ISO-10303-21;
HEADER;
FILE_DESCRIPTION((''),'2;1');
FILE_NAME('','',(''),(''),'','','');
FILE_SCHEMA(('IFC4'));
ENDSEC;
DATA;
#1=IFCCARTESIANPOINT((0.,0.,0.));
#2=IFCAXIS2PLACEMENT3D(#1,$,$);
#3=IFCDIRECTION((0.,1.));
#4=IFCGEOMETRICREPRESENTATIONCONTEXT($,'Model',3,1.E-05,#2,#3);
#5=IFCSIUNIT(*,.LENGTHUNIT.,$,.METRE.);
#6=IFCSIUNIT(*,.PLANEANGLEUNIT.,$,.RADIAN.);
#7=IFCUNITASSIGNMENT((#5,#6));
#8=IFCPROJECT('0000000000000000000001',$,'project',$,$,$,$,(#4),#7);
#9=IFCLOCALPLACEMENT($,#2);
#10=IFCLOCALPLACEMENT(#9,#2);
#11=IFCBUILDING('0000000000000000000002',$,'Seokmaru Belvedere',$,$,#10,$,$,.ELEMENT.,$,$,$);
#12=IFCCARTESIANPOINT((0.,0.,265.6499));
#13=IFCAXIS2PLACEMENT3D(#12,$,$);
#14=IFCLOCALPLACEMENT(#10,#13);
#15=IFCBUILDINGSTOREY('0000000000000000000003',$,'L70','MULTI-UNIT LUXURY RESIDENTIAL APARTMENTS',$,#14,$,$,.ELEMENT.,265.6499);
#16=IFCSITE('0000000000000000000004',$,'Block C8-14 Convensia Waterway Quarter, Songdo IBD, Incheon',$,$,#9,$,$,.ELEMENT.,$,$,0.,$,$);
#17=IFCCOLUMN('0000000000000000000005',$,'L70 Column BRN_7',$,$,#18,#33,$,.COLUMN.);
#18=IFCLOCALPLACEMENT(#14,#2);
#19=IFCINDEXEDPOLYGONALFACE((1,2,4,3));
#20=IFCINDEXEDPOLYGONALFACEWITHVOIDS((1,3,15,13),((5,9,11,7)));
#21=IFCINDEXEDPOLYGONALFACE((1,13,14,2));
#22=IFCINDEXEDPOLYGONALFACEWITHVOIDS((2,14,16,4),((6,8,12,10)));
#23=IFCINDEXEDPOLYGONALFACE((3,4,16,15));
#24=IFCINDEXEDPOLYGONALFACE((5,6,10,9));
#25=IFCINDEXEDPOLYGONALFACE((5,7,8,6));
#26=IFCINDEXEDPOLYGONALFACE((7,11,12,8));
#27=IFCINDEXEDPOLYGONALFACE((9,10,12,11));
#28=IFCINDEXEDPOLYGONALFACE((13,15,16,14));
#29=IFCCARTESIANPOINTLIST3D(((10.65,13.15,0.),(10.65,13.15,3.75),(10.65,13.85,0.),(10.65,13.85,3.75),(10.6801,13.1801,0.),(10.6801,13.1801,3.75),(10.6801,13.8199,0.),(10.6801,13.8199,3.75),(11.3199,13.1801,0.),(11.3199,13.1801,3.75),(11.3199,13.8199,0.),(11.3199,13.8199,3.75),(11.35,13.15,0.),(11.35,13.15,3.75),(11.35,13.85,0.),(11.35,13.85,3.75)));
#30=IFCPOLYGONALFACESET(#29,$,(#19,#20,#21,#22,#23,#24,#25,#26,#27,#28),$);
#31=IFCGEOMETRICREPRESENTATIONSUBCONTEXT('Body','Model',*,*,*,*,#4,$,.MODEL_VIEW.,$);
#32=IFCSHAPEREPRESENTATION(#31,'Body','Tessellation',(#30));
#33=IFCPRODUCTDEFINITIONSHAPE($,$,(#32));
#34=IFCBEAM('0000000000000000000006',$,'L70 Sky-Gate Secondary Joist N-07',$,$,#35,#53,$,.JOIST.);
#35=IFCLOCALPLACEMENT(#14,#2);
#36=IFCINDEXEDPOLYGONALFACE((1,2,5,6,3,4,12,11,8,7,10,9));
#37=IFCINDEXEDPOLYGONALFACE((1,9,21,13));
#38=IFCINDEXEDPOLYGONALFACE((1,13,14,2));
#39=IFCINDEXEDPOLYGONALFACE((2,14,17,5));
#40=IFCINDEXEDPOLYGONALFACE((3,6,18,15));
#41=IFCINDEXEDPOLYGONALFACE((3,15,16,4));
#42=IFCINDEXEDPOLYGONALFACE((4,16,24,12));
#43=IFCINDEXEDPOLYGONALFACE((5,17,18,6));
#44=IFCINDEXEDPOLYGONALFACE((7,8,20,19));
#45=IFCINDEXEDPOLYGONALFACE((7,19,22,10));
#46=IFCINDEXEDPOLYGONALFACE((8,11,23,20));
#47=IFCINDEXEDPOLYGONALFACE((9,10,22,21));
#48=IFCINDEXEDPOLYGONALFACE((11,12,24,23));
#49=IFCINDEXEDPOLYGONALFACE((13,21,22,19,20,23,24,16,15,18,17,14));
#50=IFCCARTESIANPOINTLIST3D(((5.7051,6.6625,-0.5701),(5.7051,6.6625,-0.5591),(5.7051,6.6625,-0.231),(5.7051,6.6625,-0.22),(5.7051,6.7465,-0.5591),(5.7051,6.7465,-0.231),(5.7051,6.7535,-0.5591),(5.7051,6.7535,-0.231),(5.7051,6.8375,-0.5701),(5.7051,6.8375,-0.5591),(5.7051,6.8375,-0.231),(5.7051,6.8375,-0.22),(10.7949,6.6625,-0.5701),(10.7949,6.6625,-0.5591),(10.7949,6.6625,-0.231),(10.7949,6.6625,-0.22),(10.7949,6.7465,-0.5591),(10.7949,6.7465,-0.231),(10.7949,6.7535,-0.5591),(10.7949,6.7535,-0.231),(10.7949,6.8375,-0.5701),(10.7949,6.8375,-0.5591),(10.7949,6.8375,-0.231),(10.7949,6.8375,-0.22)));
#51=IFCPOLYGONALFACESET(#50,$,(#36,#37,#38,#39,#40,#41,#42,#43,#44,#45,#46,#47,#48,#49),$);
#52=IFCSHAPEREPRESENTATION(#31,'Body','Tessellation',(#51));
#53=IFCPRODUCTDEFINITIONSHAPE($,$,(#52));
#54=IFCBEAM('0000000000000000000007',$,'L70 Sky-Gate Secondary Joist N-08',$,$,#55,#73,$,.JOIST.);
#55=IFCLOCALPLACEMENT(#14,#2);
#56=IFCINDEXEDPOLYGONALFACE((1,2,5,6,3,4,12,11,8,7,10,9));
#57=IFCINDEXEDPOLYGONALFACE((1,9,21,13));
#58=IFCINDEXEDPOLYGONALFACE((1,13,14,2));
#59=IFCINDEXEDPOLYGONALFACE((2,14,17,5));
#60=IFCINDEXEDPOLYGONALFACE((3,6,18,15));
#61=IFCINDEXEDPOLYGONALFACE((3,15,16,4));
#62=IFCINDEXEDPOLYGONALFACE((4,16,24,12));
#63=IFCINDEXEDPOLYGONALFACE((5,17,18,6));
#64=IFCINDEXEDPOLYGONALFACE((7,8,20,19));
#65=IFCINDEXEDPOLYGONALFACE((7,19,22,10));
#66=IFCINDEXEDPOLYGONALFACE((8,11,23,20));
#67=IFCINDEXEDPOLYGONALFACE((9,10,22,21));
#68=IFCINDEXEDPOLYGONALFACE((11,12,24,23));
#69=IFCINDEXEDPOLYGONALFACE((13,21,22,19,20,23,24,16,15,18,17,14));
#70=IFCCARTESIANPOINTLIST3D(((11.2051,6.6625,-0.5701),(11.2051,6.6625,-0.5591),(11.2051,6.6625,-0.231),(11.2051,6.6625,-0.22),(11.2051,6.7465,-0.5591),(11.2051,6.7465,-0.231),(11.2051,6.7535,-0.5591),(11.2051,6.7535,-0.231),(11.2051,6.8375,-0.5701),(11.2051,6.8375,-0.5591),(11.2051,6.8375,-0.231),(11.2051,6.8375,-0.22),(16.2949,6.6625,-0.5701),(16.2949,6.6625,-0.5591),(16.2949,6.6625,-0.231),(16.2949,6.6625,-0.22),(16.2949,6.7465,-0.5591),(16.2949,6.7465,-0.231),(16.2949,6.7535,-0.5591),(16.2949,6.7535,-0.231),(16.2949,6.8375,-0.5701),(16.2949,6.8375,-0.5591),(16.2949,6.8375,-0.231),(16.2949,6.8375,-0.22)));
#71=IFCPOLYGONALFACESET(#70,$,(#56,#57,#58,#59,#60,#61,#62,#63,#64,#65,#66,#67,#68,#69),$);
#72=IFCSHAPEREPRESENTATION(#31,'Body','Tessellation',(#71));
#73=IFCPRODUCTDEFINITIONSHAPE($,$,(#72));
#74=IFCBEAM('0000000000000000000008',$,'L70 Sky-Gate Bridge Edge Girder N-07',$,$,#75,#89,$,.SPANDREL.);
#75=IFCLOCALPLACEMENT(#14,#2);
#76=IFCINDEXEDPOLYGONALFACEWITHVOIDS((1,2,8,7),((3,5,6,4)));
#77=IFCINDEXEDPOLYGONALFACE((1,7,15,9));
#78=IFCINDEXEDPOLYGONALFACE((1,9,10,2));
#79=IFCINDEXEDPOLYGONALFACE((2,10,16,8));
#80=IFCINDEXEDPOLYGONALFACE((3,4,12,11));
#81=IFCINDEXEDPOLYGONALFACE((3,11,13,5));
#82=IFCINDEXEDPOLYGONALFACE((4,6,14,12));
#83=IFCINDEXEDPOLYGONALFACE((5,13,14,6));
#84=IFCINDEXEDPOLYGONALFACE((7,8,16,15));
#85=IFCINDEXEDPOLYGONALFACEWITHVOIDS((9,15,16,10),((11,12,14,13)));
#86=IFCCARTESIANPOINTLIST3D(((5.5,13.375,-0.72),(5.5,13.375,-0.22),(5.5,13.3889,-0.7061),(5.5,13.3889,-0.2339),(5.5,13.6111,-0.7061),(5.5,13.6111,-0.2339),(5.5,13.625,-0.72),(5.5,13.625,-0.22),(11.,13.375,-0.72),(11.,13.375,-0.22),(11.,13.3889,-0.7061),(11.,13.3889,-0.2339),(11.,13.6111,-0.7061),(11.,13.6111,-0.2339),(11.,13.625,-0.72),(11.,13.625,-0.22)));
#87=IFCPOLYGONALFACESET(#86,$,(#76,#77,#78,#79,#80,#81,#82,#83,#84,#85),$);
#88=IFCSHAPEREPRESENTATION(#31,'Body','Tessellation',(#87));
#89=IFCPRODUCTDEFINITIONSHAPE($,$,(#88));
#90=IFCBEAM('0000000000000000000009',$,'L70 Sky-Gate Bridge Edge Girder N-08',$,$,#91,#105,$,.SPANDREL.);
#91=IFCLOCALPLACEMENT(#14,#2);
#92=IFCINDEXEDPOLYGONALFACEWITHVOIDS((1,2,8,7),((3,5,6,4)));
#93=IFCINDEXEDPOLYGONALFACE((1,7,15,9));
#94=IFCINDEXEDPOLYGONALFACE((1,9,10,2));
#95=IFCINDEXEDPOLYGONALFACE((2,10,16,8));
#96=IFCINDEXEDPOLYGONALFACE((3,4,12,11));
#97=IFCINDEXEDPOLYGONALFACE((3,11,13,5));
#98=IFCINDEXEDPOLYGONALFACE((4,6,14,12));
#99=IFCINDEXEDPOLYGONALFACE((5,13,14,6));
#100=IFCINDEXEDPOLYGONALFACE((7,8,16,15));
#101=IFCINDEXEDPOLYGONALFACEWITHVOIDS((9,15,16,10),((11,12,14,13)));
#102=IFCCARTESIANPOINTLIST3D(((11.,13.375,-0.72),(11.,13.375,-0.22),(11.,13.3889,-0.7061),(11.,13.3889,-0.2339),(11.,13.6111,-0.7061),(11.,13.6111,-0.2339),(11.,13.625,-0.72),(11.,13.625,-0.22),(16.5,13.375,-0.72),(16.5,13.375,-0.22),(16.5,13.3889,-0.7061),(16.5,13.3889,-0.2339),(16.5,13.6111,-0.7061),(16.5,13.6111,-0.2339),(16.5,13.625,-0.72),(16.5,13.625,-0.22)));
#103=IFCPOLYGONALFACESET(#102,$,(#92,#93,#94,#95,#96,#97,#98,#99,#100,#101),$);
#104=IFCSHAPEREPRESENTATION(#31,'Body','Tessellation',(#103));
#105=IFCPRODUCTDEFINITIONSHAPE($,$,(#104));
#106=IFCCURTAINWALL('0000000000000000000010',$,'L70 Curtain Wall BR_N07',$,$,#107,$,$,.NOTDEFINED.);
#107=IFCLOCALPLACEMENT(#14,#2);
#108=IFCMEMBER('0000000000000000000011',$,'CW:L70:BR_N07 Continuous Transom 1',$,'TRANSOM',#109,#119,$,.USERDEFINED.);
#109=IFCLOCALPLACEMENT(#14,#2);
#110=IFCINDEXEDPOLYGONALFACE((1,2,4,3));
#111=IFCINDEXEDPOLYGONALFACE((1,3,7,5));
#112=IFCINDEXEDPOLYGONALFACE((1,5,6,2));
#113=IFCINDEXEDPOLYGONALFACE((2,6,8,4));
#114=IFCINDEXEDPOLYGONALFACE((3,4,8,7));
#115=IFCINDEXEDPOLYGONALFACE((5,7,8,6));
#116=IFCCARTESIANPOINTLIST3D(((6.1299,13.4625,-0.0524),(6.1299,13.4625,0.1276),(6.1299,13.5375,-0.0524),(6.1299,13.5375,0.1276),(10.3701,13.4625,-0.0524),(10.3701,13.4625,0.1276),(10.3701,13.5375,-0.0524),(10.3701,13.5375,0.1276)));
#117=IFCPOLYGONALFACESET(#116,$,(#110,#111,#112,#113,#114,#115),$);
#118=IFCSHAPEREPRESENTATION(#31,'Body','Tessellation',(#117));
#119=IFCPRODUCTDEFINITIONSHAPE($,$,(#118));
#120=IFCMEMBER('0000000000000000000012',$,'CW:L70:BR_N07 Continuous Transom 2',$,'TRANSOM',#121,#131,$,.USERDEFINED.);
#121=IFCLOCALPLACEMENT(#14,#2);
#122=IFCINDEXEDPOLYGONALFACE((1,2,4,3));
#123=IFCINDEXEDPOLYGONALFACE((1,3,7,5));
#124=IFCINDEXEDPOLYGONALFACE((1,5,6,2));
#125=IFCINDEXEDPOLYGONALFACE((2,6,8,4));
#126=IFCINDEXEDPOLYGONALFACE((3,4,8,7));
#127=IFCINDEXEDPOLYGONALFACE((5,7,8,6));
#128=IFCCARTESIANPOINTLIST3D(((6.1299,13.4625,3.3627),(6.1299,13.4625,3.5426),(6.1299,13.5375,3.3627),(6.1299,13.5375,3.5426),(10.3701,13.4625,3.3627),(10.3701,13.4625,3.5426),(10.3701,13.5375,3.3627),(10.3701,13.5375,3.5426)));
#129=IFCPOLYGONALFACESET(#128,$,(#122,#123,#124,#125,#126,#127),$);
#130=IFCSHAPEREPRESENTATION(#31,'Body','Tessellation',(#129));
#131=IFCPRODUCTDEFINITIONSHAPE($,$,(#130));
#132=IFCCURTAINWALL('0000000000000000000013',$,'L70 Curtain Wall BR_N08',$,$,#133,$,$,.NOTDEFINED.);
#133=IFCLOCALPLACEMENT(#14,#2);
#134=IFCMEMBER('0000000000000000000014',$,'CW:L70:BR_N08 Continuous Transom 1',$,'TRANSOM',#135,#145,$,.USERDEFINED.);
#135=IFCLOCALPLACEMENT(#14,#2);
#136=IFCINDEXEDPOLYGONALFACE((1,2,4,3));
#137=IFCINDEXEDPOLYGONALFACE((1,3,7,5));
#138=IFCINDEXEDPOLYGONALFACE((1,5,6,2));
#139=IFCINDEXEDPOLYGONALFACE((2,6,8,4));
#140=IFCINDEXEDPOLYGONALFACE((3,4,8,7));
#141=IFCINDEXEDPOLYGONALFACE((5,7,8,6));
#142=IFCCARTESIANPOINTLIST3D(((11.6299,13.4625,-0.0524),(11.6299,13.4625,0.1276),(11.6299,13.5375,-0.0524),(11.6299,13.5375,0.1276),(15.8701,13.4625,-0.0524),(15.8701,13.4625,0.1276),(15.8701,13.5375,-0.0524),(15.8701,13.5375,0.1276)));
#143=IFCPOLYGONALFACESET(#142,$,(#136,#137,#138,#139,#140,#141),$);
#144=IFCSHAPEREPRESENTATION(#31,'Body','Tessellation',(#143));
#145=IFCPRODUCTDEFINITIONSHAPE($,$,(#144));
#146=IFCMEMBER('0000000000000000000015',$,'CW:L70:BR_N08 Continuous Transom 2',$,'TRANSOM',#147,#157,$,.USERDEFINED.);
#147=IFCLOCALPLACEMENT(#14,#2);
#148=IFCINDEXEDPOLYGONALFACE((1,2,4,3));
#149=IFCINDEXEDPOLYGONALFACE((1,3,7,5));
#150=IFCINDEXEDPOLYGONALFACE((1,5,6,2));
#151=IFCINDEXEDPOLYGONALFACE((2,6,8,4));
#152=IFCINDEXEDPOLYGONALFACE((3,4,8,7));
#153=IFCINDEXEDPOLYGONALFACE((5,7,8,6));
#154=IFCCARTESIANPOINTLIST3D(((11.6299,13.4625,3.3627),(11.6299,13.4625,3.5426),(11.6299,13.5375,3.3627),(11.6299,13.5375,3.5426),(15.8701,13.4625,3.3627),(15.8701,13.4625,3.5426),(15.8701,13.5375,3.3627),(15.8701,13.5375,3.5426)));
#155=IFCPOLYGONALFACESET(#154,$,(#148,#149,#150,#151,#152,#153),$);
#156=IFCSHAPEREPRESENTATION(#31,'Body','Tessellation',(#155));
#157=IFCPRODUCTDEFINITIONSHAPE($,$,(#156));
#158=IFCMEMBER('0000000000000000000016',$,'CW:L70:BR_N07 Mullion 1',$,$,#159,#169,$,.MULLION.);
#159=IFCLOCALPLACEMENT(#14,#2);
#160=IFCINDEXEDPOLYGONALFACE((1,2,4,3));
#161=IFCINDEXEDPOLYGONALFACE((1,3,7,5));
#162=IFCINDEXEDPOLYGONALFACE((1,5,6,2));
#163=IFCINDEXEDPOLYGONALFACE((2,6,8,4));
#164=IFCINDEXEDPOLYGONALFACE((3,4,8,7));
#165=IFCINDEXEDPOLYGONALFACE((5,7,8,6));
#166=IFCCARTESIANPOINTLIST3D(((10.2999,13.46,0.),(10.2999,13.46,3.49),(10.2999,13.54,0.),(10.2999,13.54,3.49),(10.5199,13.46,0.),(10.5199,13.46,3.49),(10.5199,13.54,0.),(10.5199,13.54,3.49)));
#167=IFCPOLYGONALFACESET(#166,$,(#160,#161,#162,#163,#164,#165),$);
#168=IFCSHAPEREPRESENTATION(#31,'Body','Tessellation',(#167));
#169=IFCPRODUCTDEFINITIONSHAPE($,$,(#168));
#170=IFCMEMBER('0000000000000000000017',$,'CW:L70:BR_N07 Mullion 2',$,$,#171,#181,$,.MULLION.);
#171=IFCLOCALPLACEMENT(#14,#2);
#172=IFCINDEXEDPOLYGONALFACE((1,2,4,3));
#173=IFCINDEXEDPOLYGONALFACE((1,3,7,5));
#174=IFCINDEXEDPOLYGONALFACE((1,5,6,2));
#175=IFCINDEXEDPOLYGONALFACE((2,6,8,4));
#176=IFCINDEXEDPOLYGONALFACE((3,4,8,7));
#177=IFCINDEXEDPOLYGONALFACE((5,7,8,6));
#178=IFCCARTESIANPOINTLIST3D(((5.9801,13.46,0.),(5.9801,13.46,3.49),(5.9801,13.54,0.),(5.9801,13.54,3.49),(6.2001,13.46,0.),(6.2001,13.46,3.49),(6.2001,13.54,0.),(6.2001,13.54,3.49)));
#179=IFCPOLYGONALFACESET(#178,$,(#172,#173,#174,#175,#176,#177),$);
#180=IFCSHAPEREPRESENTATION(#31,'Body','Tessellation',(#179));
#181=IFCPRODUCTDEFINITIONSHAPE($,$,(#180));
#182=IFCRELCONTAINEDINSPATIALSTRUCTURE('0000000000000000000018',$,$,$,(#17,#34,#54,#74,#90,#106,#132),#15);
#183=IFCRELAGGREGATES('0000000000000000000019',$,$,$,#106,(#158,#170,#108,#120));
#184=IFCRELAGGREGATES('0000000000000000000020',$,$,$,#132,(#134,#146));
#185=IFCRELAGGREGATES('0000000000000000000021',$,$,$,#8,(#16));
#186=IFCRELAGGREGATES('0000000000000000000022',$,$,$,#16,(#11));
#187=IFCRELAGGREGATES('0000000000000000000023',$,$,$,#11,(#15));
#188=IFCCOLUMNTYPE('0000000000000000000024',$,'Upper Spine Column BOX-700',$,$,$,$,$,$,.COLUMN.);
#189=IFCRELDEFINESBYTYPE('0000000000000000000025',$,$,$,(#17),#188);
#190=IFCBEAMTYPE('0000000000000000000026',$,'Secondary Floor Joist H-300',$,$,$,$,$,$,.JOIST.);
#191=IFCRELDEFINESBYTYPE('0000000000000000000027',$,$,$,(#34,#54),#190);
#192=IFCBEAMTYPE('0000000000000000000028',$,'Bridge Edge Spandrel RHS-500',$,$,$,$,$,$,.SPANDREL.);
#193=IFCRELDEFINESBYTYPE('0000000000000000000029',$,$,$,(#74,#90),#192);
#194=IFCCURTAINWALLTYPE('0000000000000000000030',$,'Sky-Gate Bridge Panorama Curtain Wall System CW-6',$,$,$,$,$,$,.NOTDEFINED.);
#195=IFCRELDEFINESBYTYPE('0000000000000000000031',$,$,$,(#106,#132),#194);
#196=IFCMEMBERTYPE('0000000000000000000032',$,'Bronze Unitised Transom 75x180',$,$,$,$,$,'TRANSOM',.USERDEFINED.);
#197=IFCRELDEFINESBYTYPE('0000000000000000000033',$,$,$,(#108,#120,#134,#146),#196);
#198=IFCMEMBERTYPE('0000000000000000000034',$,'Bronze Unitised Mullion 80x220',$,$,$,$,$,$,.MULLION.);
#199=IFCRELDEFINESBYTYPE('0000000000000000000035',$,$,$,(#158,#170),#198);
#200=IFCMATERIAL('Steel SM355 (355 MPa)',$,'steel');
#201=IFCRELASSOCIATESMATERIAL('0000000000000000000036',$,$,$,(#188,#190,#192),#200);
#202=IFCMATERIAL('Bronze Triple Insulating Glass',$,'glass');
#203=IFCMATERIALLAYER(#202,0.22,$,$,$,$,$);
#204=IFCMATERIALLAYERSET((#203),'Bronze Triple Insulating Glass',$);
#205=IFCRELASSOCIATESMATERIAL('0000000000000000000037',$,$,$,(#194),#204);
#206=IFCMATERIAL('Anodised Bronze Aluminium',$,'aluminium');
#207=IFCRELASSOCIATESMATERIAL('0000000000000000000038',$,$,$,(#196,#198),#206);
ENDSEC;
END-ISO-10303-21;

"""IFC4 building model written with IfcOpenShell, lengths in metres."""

from ifc_helpers import new_model, si_unit, direction, frame, origin, origin_2d, place, context, subcontext, project, spatial, rectangle, hollow_rectangle, i_section, extrude, source, transform, mapped, material, layer, layer_set, material_profile, profile_set, type_object, type_shapes, element, aggregate, save


model = new_model("IFC4")

# Units and contexts
model_context = context("Model", 3, precision=1e-05, world=origin(), true_north=direction((0.0, 1.0)))
body_context = subcontext(model_context, "Body", "Model", "MODEL_VIEW")
ifc_project = project(units=[si_unit("LENGTHUNIT", "METRE"), si_unit("PLANEANGLEUNIT", "RADIAN")], contexts=[model_context])

# Site, building, storey
site_placement = place(None, origin())
site = spatial("IfcSite", under=ifc_project, at=site_placement, Name="Block C8-14 Convensia Waterway Quarter, Songdo IBD, Incheon", CompositionType="ELEMENT", RefElevation=0.0)
building_placement = place(site_placement, origin())
building = spatial("IfcBuilding", under=site, at=building_placement, Name="Seokmaru Belvedere", CompositionType="ELEMENT")
storey_placement = place(building_placement, frame((0.0, 0.0, 265.6499)))
storey = spatial("IfcBuildingStorey", under=building, at=storey_placement, Name="L70", Description="MULTI-UNIT LUXURY RESIDENTIAL APARTMENTS", CompositionType="ELEMENT", Elevation=265.6499)

# Column
ifc_material_1 = material(Name="Steel SM355 (355 MPa)", Category="steel")
ifc_material_profile_1 = material_profile(ifc_material_1, hollow_rectangle(XDim=0.7, YDim=0.7, WallThickness=0.03, at=origin_2d()), Name="BOX-700x700x30")
ifc_profile_set_1 = profile_set([ifc_material_profile_1], Name="Steel SM355 (355 MPa)")
column_type = type_object("IfcColumnType", Name="Upper Spine Column BOX-700", PredefinedType="COLUMN", material=ifc_profile_set_1)
shared_shape_1 = source(origin(), body_context, "Body", "SweptSolid", [
    extrude(hollow_rectangle(XDim=0.7, YDim=0.7, WallThickness=0.03, at=origin_2d()), origin(), (0.0, 0.0, 1.0), 3.75),
])
type_shapes(column_type, [shared_shape_1])
column_placement = place(storey_placement, frame((11.0, 13.5, 0.0), z_axis=(0.0, 0.0, 1.0), x_axis=(1.0, 0.0, 0.0)))
element("IfcColumn", 1, at=column_placement, inside=storey, type_object=column_type, Name="L70 Column BRN_7", PredefinedType="COLUMN", context=body_context, shape_type="MappedRepresentation", body=[
    mapped(shared_shape_1, transform((0.0, 0.0, 0.0), scale=1.0)),
])

# Beams
ifc_material_profile_2 = material_profile(ifc_material_1, i_section(OverallWidth=0.175, OverallDepth=0.3501, WebThickness=0.0071, FlangeThickness=0.011, at=origin_2d()), Name="H-350x175x7x11")
ifc_profile_set_2 = profile_set([ifc_material_profile_2], Name="Steel SM355 (355 MPa)")
beam_type_1 = type_object("IfcBeamType", Name="Secondary Floor Joist H-300", PredefinedType="JOIST", material=ifc_profile_set_2)
shared_shape_2 = source(origin(), body_context, "Body", "SweptSolid", [
    extrude(i_section(OverallWidth=0.175, OverallDepth=0.3501, WebThickness=0.0071, FlangeThickness=0.011, at=origin_2d()), origin(), (0.0, 0.0, 1.0), 5.0898),
])
type_shapes(beam_type_1, [shared_shape_2])
for number, where, z_axis, x_axis, name in (
    (2, (5.7051, 6.75, -0.395), (1.0, 0.0, 0.0), (0.0, 1.0, 0.0), "L70 Sky-Gate Secondary Joist N-07"),
    (3, (11.2051, 6.75, -0.395), (1.0, 0.0, 0.0), (0.0, 1.0, 0.0), "L70 Sky-Gate Secondary Joist N-08"),
):
    element("IfcBeam", number, at=place(storey_placement, frame(where, z_axis=z_axis, x_axis=x_axis)), inside=storey, type_object=beam_type_1, Name=name, PredefinedType="JOIST", context=body_context, shape_type="MappedRepresentation", body=[
        mapped(shared_shape_2, transform((0.0, 0.0, 0.0), scale=1.0)),
    ])
ifc_material_profile_3 = material_profile(ifc_material_1, hollow_rectangle(XDim=0.25, YDim=0.5, WallThickness=0.0139, at=origin_2d()), Name="RHS-500x250x14")
ifc_profile_set_3 = profile_set([ifc_material_profile_3], Name="Steel SM355 (355 MPa)")
beam_type_2 = type_object("IfcBeamType", Name="Bridge Edge Spandrel RHS-500", PredefinedType="SPANDREL", material=ifc_profile_set_3)
shared_shape_3 = source(origin(), body_context, "Body", "SweptSolid", [
    extrude(hollow_rectangle(XDim=0.25, YDim=0.5, WallThickness=0.0139, at=origin_2d()), origin(), (0.0, 0.0, 1.0), 5.5),
])
type_shapes(beam_type_2, [shared_shape_3])
for number, where, z_axis, x_axis, name in (
    (4, (5.5, 13.5, -0.47), (1.0, 0.0, 0.0), (0.0, 1.0, 0.0), "L70 Sky-Gate Bridge Edge Girder N-07"),
    (5, (11.0, 13.5, -0.47), (1.0, 0.0, 0.0), (0.0, 1.0, 0.0), "L70 Sky-Gate Bridge Edge Girder N-08"),
):
    element("IfcBeam", number, at=place(storey_placement, frame(where, z_axis=z_axis, x_axis=x_axis)), inside=storey, type_object=beam_type_2, Name=name, PredefinedType="SPANDREL", context=body_context, shape_type="MappedRepresentation", body=[
        mapped(shared_shape_3, transform((0.0, 0.0, 0.0), scale=1.0)),
    ])

# Curtain walls, members
ifc_material_2 = material(Name="Bronze Triple Insulating Glass", Category="glass")
ifc_layer_1 = layer(ifc_material_2, 0.22)
ifc_layer_set_1 = layer_set([ifc_layer_1], Name="Bronze Triple Insulating Glass")
curtain_wall_type = type_object("IfcCurtainWallType", Name="Sky-Gate Bridge Panorama Curtain Wall System CW-6", PredefinedType="NOTDEFINED", material=ifc_layer_set_1)
curtain_wall_1_placement = place(storey_placement, origin())
curtain_wall_1 = element("IfcCurtainWall", 6, at=curtain_wall_1_placement, inside=storey, type_object=curtain_wall_type, Name="L70 Curtain Wall BR_N07", PredefinedType="NOTDEFINED")
ifc_material_3 = material(Name="Anodised Bronze Aluminium", Category="aluminium")
ifc_material_profile_4 = material_profile(ifc_material_3, rectangle(XDim=0.075, YDim=0.1799, at=origin_2d()), Name="CW-T-75x180")
ifc_profile_set_4 = profile_set([ifc_material_profile_4], Name="Anodised Bronze Aluminium")
member_type_1 = type_object("IfcMemberType", Name="Bronze Unitised Transom 75x180", ElementType="TRANSOM", PredefinedType="USERDEFINED", material=ifc_profile_set_4)
shared_shape_4 = source(origin(), body_context, "Body", "SweptSolid", [
    extrude(rectangle(XDim=0.075, YDim=0.1799, at=origin_2d()), origin(), (0.0, 0.0, 1.0), 4.2402),
])
type_shapes(member_type_1, [shared_shape_4])
member_1_placement = place(storey_placement, frame((10.3701, 13.5, 0.0376), z_axis=(-1.0, 0.0, 0.0), x_axis=(0.0, -1.0, 0.0)))
member_1 = element("IfcMember", 7, at=member_1_placement, type_object=member_type_1, Name="CW:L70:BR_N07 Continuous Transom 1", ObjectType="TRANSOM", PredefinedType="USERDEFINED", context=body_context, shape_type="MappedRepresentation", body=[
    mapped(shared_shape_4, transform((0.0, 0.0, 0.0), scale=1.0)),
])
member_2_placement = place(storey_placement, frame((10.3701, 13.5, 3.4526), z_axis=(-1.0, 0.0, 0.0), x_axis=(0.0, -1.0, 0.0)))
member_2 = element("IfcMember", 8, at=member_2_placement, type_object=member_type_1, Name="CW:L70:BR_N07 Continuous Transom 2", ObjectType="TRANSOM", PredefinedType="USERDEFINED", context=body_context, shape_type="MappedRepresentation", body=[
    mapped(shared_shape_4, transform((0.0, 0.0, 0.0), scale=1.0)),
])
curtain_wall_2_placement = place(storey_placement, origin())
curtain_wall_2 = element("IfcCurtainWall", 9, at=curtain_wall_2_placement, inside=storey, type_object=curtain_wall_type, Name="L70 Curtain Wall BR_N08", PredefinedType="NOTDEFINED")
member_3_placement = place(storey_placement, frame((15.8701, 13.5, 0.0376), z_axis=(-1.0, 0.0, 0.0), x_axis=(0.0, -1.0, 0.0)))
member_3 = element("IfcMember", 10, at=member_3_placement, type_object=member_type_1, Name="CW:L70:BR_N08 Continuous Transom 1", ObjectType="TRANSOM", PredefinedType="USERDEFINED", context=body_context, shape_type="MappedRepresentation", body=[
    mapped(shared_shape_4, transform((0.0, 0.0, 0.0), scale=1.0)),
])
member_4_placement = place(storey_placement, frame((15.8701, 13.5, 3.4526), z_axis=(-1.0, 0.0, 0.0), x_axis=(0.0, -1.0, 0.0)))
member_4 = element("IfcMember", 11, at=member_4_placement, type_object=member_type_1, Name="CW:L70:BR_N08 Continuous Transom 2", ObjectType="TRANSOM", PredefinedType="USERDEFINED", context=body_context, shape_type="MappedRepresentation", body=[
    mapped(shared_shape_4, transform((0.0, 0.0, 0.0), scale=1.0)),
])

# Members
ifc_material_profile_5 = material_profile(ifc_material_3, rectangle(XDim=0.0801, YDim=0.22, at=origin_2d()), Name="CW-M-80x220")
ifc_profile_set_5 = profile_set([ifc_material_profile_5], Name="Anodised Bronze Aluminium")
member_type_2 = type_object("IfcMemberType", Name="Bronze Unitised Mullion 80x220", PredefinedType="MULLION", material=ifc_profile_set_5)
shared_shape_5 = source(origin(), body_context, "Body", "SweptSolid", [
    extrude(rectangle(XDim=0.0801, YDim=0.22, at=origin_2d()), origin(), (0.0, 0.0, 1.0), 3.49),
])
type_shapes(member_type_2, [shared_shape_5])
member_5_placement = place(storey_placement, frame((10.4099, 13.5, 0.0), z_axis=(0.0, 0.0, 1.0), x_axis=(0.0, -1.0, 0.0)))
member_5 = element("IfcMember", 12, at=member_5_placement, type_object=member_type_2, Name="CW:L70:BR_N07 Mullion 1", PredefinedType="MULLION", context=body_context, shape_type="MappedRepresentation", body=[
    mapped(shared_shape_5, transform((0.0, 0.0, 0.0), scale=1.0)),
])
member_6_placement = place(storey_placement, frame((6.0901, 13.5, 0.0), z_axis=(0.0, 0.0, 1.0), x_axis=(0.0, -1.0, 0.0)))
member_6 = element("IfcMember", 13, at=member_6_placement, type_object=member_type_2, Name="CW:L70:BR_N07 Mullion 2", PredefinedType="MULLION", context=body_context, shape_type="MappedRepresentation", body=[
    mapped(shared_shape_5, transform((0.0, 0.0, 0.0), scale=1.0)),
])

aggregate(curtain_wall_1, [member_5, member_6, member_1, member_2])
aggregate(curtain_wall_2, [member_3, member_4])

save(model, "model.ifc")
